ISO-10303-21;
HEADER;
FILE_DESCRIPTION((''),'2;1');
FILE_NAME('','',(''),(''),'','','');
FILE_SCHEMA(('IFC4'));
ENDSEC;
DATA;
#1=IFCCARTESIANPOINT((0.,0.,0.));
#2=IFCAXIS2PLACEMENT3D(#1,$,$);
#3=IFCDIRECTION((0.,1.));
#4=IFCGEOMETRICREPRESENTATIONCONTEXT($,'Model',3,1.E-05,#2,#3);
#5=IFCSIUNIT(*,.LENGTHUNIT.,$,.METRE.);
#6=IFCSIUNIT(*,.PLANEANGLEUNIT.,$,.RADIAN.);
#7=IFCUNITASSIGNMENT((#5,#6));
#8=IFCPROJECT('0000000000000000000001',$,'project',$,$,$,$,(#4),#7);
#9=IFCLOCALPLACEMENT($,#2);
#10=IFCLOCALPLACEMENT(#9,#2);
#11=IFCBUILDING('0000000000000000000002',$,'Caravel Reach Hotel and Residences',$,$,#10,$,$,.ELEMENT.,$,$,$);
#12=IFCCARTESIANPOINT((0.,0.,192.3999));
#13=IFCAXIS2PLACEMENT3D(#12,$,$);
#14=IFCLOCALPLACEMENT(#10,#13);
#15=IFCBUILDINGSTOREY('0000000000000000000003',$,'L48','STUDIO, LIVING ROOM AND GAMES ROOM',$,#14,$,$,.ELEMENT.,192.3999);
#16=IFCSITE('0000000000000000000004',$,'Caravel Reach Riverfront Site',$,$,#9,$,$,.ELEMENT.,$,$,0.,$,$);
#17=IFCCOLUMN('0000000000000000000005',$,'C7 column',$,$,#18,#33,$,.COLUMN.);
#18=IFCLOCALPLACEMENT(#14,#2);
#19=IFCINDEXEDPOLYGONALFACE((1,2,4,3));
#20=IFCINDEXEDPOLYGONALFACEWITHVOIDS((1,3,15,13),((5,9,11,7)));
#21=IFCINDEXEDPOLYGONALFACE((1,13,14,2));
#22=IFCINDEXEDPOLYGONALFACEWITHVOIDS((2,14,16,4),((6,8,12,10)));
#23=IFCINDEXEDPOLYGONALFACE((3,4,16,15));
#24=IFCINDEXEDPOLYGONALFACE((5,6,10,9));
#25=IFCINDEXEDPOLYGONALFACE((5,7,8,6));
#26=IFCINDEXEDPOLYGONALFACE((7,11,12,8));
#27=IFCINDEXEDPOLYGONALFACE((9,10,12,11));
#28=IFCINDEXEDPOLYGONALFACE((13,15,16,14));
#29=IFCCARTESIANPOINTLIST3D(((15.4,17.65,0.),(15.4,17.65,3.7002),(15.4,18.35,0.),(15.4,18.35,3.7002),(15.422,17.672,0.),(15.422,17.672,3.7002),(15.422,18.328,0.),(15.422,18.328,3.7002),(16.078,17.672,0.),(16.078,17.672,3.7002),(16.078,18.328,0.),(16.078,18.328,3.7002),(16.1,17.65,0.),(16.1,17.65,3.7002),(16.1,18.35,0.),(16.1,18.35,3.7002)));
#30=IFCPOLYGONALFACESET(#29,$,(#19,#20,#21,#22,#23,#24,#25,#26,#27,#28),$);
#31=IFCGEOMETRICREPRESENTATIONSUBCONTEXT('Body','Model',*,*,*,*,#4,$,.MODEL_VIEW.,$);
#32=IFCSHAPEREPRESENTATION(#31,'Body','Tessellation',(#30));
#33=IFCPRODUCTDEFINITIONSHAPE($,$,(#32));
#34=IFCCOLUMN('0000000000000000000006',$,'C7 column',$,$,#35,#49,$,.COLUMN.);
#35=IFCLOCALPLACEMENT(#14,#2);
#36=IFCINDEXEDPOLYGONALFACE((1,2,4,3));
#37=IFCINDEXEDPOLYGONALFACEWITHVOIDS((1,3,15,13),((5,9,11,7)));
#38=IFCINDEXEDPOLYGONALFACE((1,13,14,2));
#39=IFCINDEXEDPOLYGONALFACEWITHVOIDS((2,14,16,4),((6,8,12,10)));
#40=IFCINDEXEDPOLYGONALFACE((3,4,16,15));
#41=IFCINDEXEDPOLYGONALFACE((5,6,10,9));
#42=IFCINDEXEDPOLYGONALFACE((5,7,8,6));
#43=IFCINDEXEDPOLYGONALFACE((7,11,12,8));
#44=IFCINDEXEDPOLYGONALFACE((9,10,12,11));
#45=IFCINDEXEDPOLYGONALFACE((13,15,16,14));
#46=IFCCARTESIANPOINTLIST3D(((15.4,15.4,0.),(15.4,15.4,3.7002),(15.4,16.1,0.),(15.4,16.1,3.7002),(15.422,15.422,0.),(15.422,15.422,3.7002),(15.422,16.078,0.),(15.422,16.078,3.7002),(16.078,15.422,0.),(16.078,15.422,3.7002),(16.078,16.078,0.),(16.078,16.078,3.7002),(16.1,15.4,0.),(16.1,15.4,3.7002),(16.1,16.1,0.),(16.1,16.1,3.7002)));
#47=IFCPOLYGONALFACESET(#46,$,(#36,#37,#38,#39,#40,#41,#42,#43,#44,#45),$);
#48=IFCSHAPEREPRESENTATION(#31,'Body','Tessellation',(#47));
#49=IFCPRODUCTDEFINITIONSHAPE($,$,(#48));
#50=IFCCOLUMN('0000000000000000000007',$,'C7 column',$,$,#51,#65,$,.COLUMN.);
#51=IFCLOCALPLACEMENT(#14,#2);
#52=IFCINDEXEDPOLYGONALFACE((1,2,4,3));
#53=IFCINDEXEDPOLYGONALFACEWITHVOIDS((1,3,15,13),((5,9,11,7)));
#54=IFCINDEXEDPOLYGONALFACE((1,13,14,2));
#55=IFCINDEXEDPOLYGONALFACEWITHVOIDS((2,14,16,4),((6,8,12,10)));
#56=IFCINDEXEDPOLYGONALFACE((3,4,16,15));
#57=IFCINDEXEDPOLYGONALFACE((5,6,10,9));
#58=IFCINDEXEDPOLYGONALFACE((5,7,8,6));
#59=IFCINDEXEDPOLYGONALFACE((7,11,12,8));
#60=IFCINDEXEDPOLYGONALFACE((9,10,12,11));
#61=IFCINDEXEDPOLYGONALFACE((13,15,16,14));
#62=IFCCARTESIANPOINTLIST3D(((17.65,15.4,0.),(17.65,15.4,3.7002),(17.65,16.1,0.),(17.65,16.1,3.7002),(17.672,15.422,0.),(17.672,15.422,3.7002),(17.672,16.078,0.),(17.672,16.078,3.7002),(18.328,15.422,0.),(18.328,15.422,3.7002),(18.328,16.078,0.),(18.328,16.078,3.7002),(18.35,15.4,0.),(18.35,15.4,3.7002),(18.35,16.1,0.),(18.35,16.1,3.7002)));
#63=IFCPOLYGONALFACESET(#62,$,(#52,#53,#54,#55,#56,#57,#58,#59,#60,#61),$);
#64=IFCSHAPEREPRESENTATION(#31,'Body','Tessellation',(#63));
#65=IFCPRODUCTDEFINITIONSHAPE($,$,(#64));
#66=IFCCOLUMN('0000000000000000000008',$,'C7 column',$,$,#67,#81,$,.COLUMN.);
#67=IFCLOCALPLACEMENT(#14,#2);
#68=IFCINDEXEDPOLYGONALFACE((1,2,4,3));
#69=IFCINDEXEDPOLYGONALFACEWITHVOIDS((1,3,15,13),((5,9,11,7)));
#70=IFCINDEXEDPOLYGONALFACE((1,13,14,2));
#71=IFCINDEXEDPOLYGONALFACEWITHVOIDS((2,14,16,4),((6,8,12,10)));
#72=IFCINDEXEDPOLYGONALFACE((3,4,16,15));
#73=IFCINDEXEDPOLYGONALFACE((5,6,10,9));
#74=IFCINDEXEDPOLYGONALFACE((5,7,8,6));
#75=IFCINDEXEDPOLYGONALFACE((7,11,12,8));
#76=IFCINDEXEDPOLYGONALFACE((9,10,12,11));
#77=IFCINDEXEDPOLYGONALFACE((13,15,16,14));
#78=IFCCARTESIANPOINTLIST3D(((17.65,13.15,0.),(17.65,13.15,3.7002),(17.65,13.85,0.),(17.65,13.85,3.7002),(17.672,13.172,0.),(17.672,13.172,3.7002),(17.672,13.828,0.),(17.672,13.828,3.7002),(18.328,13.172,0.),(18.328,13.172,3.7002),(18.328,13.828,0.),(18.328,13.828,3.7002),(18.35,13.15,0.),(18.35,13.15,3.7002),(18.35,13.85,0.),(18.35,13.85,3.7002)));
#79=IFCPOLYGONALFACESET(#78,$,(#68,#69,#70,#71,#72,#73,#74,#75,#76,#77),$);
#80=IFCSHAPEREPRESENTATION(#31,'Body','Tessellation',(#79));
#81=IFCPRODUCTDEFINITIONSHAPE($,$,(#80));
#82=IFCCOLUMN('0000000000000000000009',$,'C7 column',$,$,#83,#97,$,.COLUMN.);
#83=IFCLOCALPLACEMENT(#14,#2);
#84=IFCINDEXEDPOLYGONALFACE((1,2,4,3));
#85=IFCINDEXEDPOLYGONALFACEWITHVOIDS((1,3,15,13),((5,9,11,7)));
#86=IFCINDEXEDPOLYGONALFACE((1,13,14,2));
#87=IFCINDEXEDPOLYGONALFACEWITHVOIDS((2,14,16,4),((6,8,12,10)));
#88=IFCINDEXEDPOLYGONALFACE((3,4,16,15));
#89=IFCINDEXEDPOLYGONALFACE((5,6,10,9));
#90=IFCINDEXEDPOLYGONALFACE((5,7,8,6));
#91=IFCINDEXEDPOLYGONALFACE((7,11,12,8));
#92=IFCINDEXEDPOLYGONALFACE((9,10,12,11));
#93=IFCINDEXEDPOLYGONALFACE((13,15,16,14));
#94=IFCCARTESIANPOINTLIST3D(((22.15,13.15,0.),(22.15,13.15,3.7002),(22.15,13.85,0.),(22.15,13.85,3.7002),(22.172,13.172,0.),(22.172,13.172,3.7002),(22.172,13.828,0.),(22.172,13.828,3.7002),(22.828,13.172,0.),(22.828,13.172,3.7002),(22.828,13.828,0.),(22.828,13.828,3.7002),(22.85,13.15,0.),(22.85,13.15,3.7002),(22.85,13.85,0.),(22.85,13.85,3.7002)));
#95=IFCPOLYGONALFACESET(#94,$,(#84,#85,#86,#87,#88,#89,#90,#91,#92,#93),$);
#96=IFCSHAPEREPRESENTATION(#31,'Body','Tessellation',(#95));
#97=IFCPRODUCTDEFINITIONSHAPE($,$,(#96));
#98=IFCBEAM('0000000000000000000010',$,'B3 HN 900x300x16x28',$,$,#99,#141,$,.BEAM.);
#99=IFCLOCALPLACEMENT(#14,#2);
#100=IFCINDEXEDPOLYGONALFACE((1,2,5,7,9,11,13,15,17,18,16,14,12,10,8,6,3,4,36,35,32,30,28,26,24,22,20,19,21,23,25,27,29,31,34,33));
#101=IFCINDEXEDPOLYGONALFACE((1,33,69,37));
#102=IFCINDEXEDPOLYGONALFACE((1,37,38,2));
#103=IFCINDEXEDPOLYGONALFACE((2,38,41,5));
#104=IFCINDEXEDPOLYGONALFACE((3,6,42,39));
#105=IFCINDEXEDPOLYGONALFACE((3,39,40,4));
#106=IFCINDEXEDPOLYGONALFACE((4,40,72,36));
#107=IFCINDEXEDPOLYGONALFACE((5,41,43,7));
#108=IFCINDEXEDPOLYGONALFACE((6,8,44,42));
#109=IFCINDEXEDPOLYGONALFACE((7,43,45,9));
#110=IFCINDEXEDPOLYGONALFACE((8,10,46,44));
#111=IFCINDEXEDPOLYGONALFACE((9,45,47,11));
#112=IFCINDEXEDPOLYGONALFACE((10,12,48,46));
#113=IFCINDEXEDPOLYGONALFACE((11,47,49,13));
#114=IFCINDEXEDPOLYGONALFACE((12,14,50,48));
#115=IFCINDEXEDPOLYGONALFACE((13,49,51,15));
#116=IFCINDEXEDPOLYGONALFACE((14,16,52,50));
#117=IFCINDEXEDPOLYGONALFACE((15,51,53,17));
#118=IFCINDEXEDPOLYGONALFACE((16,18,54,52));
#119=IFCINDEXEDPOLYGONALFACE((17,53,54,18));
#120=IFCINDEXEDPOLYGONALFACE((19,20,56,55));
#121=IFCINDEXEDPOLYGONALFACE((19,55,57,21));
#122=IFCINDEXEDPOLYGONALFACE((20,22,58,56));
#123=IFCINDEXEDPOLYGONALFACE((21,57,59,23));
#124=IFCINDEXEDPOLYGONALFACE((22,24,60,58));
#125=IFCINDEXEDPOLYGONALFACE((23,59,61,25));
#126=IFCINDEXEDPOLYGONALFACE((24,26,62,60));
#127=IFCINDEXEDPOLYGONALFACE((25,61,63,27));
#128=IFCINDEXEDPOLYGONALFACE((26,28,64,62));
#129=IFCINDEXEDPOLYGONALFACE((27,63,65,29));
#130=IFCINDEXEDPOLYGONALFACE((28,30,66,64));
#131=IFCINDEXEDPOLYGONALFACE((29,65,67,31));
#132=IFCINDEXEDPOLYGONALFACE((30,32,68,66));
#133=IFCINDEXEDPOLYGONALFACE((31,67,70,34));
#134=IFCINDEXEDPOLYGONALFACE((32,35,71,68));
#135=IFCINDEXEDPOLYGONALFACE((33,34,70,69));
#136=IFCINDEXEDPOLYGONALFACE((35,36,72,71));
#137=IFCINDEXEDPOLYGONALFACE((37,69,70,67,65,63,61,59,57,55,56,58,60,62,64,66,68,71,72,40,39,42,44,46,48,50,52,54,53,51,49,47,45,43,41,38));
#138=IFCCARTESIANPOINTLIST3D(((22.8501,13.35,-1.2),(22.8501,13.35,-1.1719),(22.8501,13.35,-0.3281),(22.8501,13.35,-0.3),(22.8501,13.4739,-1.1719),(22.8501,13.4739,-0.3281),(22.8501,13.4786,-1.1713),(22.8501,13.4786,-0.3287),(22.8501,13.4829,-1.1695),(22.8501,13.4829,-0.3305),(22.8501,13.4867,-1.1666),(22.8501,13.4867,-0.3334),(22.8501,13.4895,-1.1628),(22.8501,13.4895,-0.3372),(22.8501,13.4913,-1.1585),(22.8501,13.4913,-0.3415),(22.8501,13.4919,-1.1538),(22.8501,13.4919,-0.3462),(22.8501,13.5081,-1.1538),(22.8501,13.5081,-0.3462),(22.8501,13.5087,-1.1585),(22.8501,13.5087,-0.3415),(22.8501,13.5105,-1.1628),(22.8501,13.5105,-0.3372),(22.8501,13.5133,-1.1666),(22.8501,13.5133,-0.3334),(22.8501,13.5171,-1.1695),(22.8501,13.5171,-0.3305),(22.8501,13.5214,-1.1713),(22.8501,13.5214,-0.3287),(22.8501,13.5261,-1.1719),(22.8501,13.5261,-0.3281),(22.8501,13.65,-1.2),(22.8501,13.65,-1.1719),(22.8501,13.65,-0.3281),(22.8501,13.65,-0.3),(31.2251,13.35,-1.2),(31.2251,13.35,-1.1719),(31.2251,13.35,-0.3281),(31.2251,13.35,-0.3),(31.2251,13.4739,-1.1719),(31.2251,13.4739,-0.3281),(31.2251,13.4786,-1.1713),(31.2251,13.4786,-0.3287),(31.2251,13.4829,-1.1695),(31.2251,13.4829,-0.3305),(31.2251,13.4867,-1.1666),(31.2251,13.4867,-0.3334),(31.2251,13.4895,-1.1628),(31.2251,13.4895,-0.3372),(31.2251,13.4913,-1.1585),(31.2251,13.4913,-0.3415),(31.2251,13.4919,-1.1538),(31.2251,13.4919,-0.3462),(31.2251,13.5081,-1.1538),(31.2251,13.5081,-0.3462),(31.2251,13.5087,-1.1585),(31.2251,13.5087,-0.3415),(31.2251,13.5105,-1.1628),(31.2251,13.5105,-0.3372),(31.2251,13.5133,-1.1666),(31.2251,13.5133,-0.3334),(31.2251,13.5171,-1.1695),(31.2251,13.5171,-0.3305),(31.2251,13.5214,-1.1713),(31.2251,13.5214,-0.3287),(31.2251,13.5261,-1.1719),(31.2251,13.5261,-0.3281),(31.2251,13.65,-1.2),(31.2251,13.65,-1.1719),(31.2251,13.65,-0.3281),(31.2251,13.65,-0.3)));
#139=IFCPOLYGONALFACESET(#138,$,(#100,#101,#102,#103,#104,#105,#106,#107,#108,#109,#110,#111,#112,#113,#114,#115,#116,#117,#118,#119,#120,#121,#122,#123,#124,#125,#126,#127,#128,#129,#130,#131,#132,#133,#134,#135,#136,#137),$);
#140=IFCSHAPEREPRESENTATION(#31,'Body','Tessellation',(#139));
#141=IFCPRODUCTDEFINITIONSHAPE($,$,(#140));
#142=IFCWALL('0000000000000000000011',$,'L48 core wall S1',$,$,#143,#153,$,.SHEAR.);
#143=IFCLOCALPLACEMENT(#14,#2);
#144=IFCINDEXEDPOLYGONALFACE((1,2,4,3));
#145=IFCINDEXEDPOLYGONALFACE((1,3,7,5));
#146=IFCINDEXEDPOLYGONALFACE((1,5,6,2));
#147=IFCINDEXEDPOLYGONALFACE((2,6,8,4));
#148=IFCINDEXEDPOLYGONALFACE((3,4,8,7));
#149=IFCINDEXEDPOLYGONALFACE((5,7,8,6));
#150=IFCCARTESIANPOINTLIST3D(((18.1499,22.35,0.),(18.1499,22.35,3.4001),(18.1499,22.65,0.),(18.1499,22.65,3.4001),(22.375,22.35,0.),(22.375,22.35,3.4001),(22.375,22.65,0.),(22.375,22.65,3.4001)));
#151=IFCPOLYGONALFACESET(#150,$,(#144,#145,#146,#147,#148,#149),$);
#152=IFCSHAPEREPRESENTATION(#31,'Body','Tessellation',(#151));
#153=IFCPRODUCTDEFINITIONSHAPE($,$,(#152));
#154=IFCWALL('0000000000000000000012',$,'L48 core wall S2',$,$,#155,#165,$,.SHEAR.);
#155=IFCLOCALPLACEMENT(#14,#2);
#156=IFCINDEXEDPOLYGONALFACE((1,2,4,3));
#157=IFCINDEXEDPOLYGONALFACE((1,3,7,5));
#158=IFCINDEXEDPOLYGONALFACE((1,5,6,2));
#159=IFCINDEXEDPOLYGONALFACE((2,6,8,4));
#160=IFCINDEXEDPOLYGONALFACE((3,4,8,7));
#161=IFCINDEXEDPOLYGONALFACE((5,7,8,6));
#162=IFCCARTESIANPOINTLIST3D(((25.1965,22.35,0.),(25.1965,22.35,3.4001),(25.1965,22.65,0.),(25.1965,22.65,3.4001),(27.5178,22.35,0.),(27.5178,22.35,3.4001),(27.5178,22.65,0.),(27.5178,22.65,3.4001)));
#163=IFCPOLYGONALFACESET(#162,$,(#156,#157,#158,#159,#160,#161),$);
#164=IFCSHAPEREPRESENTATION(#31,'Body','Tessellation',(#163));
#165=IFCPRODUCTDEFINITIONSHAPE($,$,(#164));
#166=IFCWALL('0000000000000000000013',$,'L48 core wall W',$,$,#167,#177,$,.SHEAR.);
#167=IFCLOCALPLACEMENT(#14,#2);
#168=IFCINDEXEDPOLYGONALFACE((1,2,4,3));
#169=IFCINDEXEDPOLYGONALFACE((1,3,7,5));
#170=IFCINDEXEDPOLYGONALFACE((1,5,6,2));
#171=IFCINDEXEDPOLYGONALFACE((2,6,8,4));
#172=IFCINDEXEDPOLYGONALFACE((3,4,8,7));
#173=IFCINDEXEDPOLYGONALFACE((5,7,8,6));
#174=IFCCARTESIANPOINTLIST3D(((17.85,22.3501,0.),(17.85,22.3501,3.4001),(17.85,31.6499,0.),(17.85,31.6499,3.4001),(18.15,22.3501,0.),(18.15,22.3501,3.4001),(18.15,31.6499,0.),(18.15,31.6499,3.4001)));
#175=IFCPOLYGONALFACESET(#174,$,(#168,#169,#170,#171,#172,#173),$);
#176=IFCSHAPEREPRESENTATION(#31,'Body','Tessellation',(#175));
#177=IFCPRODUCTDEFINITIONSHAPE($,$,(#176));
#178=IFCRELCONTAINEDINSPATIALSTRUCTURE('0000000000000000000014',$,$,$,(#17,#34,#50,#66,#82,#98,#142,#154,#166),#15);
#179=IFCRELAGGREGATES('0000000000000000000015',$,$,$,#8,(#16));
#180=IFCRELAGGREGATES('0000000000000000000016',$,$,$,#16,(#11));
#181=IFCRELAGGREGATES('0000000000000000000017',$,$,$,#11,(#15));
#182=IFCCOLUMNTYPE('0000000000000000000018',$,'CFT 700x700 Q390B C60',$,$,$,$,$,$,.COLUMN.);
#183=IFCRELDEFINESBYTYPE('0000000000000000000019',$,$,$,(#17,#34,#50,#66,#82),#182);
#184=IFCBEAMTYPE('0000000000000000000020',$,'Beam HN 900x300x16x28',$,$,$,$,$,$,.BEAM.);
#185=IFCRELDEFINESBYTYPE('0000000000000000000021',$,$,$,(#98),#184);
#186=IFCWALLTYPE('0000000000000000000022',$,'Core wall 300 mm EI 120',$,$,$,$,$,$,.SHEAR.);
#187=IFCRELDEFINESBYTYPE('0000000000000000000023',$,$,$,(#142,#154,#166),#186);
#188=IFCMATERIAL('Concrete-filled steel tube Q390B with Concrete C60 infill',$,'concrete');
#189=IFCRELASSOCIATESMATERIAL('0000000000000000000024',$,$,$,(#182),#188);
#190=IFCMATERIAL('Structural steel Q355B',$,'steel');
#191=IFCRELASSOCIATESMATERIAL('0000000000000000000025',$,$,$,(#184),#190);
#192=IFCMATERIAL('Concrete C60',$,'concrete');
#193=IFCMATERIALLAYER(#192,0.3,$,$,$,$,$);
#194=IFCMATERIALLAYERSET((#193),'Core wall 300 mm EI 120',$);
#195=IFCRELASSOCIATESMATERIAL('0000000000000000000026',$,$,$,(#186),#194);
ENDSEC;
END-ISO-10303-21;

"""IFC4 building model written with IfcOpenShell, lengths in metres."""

from ifc_helpers import new_model, si_unit, direction, frame, frame_2d, origin, origin_2d, place, context, subcontext, project, spatial, rectangle, hollow_rectangle, i_section, extrude, material, layer, layer_set, material_profile, profile_set, type_object, element, save


model = new_model("IFC4")

# Units and contexts
model_context = context("Model", 3, precision=1e-05, world=origin(), true_north=direction((0.0, 1.0)))
body_context = subcontext(model_context, "Body", "Model", "MODEL_VIEW")
ifc_project = project(units=[si_unit("LENGTHUNIT", "METRE"), si_unit("PLANEANGLEUNIT", "RADIAN")], contexts=[model_context])

# Site, building, storey
site_placement = place(None, origin())
site = spatial("IfcSite", under=ifc_project, at=site_placement, Name="Caravel Reach Riverfront Site", CompositionType="ELEMENT", RefElevation=0.0)
building_placement = place(site_placement, origin())
building = spatial("IfcBuilding", under=site, at=building_placement, Name="Caravel Reach Hotel and Residences", CompositionType="ELEMENT")
storey_placement = place(building_placement, frame((0.0, 0.0, 192.3999)))
storey = spatial("IfcBuildingStorey", under=building, at=storey_placement, Name="L48", Description="STUDIO, LIVING ROOM AND GAMES ROOM", CompositionType="ELEMENT", Elevation=192.3999)

# Columns
ifc_material_1 = material(Name="Concrete-filled steel tube Q390B with Concrete C60 infill", Category="concrete")
ifc_material_profile_1 = material_profile(ifc_material_1, hollow_rectangle(XDim=0.7, YDim=0.7, WallThickness=0.022, at=origin_2d()), Name="RHS 700x700x22")
ifc_profile_set_1 = profile_set([ifc_material_profile_1], Name="Concrete-filled steel tube Q390B with Concrete C60 infill")
column_type = type_object("IfcColumnType", Name="CFT 700x700 Q390B C60", PredefinedType="COLUMN", material=ifc_profile_set_1)
for number, where, z_axis, x_axis, name in (
    (1, (15.75, 18.0, 0.0), (0.0, 0.0, 1.0), (1.0, 0.0, 0.0), "C7 column"),
    (2, (15.75, 15.75, 0.0), (0.0, 0.0, 1.0), (1.0, 0.0, 0.0), "C7 column"),
    (3, (18.0, 15.75, 0.0), (0.0, 0.0, 1.0), (1.0, 0.0, 0.0), "C7 column"),
    (4, (18.0, 13.5, 0.0), (0.0, 0.0, 1.0), (1.0, 0.0, 0.0), "C7 column"),
    (5, (22.5, 13.5, 0.0), (0.0, 0.0, 1.0), (1.0, 0.0, 0.0), "C7 column"),
):
    element("IfcColumn", number, at=place(storey_placement, frame(where, z_axis=z_axis, x_axis=x_axis)), inside=storey, type_object=column_type, Name=name, PredefinedType="COLUMN", context=body_context, shape_type="SweptSolid", body=[
        extrude(hollow_rectangle(XDim=0.7, YDim=0.7, WallThickness=0.022, at=origin_2d()), origin(), (0.0, 0.0, 1.0), 3.7002),
    ])

# Beam
ifc_material_2 = material(Name="Structural steel Q355B", Category="steel")
ifc_material_profile_2 = material_profile(ifc_material_2, i_section(OverallWidth=0.3, OverallDepth=0.8999, WebThickness=0.0161, FlangeThickness=0.0281, FilletRadius=0.0181, at=origin_2d()), Name="HN 900x300x16x28")
ifc_profile_set_2 = profile_set([ifc_material_profile_2], Name="Structural steel Q355B")
beam_type = type_object("IfcBeamType", Name="Beam HN 900x300x16x28", PredefinedType="BEAM", material=ifc_profile_set_2)
beam_placement = place(storey_placement, frame((22.8501, 13.5, -0.75), z_axis=(1.0, 0.0, 0.0), x_axis=(0.0, 1.0, 0.0)))
element("IfcBeam", 6, at=beam_placement, inside=storey, type_object=beam_type, Name="B3 HN 900x300x16x28", PredefinedType="BEAM", context=body_context, shape_type="SweptSolid", body=[
    extrude(i_section(OverallWidth=0.3, OverallDepth=0.8999, WebThickness=0.0161, FlangeThickness=0.0281, FilletRadius=0.0181, at=origin_2d()), origin(), (0.0, 0.0, 1.0), 8.375),
])

# Walls
ifc_material_3 = material(Name="Concrete C60", Category="concrete")
ifc_layer_1 = layer(ifc_material_3, 0.3)
ifc_layer_set_1 = layer_set([ifc_layer_1], Name="Core wall 300 mm EI 120")
wall_type_1 = type_object("IfcWallType", Name="Core wall 300 mm EI 120", PredefinedType="SHEAR", material=ifc_layer_set_1)
wall_1_placement = place(storey_placement, frame((18.1499, 22.5, 0.0), z_axis=(0.0, 0.0, 1.0), x_axis=(1.0, 0.0, 0.0)))
element("IfcWall", 7, at=wall_1_placement, inside=storey, type_object=wall_type_1, Name="L48 core wall S1", PredefinedType="SHEAR", context=body_context, shape_type="SweptSolid", body=[
    extrude(rectangle(XDim=4.2251, YDim=0.3, at=frame_2d((2.1125, 0.0))), origin(), (0.0, 0.0, 1.0), 3.4001),
])
wall_2_placement = place(storey_placement, frame((25.1965, 22.5, 0.0), z_axis=(0.0, 0.0, 1.0), x_axis=(1.0, 0.0, 0.0)))
element("IfcWall", 8, at=wall_2_placement, inside=storey, type_object=wall_type_1, Name="L48 core wall S2", PredefinedType="SHEAR", context=body_context, shape_type="SweptSolid", body=[
    extrude(rectangle(XDim=2.3213, YDim=0.3, at=frame_2d((1.1606, 0.0))), origin(), (0.0, 0.0, 1.0), 3.4001),
])
wall_3_placement = place(storey_placement, frame((18.0, 22.3501, 0.0), z_axis=(0.0, 0.0, 1.0), x_axis=(0.0, 1.0, 0.0)))
element("IfcWall", 9, at=wall_3_placement, inside=storey, type_object=wall_type_1, Name="L48 core wall W", PredefinedType="SHEAR", context=body_context, shape_type="SweptSolid", body=[
    extrude(rectangle(XDim=9.2998, YDim=0.3, at=frame_2d((4.6499, 0.0))), origin(), (0.0, 0.0, 1.0), 3.4001),
])

save(model, "model.ifc")
